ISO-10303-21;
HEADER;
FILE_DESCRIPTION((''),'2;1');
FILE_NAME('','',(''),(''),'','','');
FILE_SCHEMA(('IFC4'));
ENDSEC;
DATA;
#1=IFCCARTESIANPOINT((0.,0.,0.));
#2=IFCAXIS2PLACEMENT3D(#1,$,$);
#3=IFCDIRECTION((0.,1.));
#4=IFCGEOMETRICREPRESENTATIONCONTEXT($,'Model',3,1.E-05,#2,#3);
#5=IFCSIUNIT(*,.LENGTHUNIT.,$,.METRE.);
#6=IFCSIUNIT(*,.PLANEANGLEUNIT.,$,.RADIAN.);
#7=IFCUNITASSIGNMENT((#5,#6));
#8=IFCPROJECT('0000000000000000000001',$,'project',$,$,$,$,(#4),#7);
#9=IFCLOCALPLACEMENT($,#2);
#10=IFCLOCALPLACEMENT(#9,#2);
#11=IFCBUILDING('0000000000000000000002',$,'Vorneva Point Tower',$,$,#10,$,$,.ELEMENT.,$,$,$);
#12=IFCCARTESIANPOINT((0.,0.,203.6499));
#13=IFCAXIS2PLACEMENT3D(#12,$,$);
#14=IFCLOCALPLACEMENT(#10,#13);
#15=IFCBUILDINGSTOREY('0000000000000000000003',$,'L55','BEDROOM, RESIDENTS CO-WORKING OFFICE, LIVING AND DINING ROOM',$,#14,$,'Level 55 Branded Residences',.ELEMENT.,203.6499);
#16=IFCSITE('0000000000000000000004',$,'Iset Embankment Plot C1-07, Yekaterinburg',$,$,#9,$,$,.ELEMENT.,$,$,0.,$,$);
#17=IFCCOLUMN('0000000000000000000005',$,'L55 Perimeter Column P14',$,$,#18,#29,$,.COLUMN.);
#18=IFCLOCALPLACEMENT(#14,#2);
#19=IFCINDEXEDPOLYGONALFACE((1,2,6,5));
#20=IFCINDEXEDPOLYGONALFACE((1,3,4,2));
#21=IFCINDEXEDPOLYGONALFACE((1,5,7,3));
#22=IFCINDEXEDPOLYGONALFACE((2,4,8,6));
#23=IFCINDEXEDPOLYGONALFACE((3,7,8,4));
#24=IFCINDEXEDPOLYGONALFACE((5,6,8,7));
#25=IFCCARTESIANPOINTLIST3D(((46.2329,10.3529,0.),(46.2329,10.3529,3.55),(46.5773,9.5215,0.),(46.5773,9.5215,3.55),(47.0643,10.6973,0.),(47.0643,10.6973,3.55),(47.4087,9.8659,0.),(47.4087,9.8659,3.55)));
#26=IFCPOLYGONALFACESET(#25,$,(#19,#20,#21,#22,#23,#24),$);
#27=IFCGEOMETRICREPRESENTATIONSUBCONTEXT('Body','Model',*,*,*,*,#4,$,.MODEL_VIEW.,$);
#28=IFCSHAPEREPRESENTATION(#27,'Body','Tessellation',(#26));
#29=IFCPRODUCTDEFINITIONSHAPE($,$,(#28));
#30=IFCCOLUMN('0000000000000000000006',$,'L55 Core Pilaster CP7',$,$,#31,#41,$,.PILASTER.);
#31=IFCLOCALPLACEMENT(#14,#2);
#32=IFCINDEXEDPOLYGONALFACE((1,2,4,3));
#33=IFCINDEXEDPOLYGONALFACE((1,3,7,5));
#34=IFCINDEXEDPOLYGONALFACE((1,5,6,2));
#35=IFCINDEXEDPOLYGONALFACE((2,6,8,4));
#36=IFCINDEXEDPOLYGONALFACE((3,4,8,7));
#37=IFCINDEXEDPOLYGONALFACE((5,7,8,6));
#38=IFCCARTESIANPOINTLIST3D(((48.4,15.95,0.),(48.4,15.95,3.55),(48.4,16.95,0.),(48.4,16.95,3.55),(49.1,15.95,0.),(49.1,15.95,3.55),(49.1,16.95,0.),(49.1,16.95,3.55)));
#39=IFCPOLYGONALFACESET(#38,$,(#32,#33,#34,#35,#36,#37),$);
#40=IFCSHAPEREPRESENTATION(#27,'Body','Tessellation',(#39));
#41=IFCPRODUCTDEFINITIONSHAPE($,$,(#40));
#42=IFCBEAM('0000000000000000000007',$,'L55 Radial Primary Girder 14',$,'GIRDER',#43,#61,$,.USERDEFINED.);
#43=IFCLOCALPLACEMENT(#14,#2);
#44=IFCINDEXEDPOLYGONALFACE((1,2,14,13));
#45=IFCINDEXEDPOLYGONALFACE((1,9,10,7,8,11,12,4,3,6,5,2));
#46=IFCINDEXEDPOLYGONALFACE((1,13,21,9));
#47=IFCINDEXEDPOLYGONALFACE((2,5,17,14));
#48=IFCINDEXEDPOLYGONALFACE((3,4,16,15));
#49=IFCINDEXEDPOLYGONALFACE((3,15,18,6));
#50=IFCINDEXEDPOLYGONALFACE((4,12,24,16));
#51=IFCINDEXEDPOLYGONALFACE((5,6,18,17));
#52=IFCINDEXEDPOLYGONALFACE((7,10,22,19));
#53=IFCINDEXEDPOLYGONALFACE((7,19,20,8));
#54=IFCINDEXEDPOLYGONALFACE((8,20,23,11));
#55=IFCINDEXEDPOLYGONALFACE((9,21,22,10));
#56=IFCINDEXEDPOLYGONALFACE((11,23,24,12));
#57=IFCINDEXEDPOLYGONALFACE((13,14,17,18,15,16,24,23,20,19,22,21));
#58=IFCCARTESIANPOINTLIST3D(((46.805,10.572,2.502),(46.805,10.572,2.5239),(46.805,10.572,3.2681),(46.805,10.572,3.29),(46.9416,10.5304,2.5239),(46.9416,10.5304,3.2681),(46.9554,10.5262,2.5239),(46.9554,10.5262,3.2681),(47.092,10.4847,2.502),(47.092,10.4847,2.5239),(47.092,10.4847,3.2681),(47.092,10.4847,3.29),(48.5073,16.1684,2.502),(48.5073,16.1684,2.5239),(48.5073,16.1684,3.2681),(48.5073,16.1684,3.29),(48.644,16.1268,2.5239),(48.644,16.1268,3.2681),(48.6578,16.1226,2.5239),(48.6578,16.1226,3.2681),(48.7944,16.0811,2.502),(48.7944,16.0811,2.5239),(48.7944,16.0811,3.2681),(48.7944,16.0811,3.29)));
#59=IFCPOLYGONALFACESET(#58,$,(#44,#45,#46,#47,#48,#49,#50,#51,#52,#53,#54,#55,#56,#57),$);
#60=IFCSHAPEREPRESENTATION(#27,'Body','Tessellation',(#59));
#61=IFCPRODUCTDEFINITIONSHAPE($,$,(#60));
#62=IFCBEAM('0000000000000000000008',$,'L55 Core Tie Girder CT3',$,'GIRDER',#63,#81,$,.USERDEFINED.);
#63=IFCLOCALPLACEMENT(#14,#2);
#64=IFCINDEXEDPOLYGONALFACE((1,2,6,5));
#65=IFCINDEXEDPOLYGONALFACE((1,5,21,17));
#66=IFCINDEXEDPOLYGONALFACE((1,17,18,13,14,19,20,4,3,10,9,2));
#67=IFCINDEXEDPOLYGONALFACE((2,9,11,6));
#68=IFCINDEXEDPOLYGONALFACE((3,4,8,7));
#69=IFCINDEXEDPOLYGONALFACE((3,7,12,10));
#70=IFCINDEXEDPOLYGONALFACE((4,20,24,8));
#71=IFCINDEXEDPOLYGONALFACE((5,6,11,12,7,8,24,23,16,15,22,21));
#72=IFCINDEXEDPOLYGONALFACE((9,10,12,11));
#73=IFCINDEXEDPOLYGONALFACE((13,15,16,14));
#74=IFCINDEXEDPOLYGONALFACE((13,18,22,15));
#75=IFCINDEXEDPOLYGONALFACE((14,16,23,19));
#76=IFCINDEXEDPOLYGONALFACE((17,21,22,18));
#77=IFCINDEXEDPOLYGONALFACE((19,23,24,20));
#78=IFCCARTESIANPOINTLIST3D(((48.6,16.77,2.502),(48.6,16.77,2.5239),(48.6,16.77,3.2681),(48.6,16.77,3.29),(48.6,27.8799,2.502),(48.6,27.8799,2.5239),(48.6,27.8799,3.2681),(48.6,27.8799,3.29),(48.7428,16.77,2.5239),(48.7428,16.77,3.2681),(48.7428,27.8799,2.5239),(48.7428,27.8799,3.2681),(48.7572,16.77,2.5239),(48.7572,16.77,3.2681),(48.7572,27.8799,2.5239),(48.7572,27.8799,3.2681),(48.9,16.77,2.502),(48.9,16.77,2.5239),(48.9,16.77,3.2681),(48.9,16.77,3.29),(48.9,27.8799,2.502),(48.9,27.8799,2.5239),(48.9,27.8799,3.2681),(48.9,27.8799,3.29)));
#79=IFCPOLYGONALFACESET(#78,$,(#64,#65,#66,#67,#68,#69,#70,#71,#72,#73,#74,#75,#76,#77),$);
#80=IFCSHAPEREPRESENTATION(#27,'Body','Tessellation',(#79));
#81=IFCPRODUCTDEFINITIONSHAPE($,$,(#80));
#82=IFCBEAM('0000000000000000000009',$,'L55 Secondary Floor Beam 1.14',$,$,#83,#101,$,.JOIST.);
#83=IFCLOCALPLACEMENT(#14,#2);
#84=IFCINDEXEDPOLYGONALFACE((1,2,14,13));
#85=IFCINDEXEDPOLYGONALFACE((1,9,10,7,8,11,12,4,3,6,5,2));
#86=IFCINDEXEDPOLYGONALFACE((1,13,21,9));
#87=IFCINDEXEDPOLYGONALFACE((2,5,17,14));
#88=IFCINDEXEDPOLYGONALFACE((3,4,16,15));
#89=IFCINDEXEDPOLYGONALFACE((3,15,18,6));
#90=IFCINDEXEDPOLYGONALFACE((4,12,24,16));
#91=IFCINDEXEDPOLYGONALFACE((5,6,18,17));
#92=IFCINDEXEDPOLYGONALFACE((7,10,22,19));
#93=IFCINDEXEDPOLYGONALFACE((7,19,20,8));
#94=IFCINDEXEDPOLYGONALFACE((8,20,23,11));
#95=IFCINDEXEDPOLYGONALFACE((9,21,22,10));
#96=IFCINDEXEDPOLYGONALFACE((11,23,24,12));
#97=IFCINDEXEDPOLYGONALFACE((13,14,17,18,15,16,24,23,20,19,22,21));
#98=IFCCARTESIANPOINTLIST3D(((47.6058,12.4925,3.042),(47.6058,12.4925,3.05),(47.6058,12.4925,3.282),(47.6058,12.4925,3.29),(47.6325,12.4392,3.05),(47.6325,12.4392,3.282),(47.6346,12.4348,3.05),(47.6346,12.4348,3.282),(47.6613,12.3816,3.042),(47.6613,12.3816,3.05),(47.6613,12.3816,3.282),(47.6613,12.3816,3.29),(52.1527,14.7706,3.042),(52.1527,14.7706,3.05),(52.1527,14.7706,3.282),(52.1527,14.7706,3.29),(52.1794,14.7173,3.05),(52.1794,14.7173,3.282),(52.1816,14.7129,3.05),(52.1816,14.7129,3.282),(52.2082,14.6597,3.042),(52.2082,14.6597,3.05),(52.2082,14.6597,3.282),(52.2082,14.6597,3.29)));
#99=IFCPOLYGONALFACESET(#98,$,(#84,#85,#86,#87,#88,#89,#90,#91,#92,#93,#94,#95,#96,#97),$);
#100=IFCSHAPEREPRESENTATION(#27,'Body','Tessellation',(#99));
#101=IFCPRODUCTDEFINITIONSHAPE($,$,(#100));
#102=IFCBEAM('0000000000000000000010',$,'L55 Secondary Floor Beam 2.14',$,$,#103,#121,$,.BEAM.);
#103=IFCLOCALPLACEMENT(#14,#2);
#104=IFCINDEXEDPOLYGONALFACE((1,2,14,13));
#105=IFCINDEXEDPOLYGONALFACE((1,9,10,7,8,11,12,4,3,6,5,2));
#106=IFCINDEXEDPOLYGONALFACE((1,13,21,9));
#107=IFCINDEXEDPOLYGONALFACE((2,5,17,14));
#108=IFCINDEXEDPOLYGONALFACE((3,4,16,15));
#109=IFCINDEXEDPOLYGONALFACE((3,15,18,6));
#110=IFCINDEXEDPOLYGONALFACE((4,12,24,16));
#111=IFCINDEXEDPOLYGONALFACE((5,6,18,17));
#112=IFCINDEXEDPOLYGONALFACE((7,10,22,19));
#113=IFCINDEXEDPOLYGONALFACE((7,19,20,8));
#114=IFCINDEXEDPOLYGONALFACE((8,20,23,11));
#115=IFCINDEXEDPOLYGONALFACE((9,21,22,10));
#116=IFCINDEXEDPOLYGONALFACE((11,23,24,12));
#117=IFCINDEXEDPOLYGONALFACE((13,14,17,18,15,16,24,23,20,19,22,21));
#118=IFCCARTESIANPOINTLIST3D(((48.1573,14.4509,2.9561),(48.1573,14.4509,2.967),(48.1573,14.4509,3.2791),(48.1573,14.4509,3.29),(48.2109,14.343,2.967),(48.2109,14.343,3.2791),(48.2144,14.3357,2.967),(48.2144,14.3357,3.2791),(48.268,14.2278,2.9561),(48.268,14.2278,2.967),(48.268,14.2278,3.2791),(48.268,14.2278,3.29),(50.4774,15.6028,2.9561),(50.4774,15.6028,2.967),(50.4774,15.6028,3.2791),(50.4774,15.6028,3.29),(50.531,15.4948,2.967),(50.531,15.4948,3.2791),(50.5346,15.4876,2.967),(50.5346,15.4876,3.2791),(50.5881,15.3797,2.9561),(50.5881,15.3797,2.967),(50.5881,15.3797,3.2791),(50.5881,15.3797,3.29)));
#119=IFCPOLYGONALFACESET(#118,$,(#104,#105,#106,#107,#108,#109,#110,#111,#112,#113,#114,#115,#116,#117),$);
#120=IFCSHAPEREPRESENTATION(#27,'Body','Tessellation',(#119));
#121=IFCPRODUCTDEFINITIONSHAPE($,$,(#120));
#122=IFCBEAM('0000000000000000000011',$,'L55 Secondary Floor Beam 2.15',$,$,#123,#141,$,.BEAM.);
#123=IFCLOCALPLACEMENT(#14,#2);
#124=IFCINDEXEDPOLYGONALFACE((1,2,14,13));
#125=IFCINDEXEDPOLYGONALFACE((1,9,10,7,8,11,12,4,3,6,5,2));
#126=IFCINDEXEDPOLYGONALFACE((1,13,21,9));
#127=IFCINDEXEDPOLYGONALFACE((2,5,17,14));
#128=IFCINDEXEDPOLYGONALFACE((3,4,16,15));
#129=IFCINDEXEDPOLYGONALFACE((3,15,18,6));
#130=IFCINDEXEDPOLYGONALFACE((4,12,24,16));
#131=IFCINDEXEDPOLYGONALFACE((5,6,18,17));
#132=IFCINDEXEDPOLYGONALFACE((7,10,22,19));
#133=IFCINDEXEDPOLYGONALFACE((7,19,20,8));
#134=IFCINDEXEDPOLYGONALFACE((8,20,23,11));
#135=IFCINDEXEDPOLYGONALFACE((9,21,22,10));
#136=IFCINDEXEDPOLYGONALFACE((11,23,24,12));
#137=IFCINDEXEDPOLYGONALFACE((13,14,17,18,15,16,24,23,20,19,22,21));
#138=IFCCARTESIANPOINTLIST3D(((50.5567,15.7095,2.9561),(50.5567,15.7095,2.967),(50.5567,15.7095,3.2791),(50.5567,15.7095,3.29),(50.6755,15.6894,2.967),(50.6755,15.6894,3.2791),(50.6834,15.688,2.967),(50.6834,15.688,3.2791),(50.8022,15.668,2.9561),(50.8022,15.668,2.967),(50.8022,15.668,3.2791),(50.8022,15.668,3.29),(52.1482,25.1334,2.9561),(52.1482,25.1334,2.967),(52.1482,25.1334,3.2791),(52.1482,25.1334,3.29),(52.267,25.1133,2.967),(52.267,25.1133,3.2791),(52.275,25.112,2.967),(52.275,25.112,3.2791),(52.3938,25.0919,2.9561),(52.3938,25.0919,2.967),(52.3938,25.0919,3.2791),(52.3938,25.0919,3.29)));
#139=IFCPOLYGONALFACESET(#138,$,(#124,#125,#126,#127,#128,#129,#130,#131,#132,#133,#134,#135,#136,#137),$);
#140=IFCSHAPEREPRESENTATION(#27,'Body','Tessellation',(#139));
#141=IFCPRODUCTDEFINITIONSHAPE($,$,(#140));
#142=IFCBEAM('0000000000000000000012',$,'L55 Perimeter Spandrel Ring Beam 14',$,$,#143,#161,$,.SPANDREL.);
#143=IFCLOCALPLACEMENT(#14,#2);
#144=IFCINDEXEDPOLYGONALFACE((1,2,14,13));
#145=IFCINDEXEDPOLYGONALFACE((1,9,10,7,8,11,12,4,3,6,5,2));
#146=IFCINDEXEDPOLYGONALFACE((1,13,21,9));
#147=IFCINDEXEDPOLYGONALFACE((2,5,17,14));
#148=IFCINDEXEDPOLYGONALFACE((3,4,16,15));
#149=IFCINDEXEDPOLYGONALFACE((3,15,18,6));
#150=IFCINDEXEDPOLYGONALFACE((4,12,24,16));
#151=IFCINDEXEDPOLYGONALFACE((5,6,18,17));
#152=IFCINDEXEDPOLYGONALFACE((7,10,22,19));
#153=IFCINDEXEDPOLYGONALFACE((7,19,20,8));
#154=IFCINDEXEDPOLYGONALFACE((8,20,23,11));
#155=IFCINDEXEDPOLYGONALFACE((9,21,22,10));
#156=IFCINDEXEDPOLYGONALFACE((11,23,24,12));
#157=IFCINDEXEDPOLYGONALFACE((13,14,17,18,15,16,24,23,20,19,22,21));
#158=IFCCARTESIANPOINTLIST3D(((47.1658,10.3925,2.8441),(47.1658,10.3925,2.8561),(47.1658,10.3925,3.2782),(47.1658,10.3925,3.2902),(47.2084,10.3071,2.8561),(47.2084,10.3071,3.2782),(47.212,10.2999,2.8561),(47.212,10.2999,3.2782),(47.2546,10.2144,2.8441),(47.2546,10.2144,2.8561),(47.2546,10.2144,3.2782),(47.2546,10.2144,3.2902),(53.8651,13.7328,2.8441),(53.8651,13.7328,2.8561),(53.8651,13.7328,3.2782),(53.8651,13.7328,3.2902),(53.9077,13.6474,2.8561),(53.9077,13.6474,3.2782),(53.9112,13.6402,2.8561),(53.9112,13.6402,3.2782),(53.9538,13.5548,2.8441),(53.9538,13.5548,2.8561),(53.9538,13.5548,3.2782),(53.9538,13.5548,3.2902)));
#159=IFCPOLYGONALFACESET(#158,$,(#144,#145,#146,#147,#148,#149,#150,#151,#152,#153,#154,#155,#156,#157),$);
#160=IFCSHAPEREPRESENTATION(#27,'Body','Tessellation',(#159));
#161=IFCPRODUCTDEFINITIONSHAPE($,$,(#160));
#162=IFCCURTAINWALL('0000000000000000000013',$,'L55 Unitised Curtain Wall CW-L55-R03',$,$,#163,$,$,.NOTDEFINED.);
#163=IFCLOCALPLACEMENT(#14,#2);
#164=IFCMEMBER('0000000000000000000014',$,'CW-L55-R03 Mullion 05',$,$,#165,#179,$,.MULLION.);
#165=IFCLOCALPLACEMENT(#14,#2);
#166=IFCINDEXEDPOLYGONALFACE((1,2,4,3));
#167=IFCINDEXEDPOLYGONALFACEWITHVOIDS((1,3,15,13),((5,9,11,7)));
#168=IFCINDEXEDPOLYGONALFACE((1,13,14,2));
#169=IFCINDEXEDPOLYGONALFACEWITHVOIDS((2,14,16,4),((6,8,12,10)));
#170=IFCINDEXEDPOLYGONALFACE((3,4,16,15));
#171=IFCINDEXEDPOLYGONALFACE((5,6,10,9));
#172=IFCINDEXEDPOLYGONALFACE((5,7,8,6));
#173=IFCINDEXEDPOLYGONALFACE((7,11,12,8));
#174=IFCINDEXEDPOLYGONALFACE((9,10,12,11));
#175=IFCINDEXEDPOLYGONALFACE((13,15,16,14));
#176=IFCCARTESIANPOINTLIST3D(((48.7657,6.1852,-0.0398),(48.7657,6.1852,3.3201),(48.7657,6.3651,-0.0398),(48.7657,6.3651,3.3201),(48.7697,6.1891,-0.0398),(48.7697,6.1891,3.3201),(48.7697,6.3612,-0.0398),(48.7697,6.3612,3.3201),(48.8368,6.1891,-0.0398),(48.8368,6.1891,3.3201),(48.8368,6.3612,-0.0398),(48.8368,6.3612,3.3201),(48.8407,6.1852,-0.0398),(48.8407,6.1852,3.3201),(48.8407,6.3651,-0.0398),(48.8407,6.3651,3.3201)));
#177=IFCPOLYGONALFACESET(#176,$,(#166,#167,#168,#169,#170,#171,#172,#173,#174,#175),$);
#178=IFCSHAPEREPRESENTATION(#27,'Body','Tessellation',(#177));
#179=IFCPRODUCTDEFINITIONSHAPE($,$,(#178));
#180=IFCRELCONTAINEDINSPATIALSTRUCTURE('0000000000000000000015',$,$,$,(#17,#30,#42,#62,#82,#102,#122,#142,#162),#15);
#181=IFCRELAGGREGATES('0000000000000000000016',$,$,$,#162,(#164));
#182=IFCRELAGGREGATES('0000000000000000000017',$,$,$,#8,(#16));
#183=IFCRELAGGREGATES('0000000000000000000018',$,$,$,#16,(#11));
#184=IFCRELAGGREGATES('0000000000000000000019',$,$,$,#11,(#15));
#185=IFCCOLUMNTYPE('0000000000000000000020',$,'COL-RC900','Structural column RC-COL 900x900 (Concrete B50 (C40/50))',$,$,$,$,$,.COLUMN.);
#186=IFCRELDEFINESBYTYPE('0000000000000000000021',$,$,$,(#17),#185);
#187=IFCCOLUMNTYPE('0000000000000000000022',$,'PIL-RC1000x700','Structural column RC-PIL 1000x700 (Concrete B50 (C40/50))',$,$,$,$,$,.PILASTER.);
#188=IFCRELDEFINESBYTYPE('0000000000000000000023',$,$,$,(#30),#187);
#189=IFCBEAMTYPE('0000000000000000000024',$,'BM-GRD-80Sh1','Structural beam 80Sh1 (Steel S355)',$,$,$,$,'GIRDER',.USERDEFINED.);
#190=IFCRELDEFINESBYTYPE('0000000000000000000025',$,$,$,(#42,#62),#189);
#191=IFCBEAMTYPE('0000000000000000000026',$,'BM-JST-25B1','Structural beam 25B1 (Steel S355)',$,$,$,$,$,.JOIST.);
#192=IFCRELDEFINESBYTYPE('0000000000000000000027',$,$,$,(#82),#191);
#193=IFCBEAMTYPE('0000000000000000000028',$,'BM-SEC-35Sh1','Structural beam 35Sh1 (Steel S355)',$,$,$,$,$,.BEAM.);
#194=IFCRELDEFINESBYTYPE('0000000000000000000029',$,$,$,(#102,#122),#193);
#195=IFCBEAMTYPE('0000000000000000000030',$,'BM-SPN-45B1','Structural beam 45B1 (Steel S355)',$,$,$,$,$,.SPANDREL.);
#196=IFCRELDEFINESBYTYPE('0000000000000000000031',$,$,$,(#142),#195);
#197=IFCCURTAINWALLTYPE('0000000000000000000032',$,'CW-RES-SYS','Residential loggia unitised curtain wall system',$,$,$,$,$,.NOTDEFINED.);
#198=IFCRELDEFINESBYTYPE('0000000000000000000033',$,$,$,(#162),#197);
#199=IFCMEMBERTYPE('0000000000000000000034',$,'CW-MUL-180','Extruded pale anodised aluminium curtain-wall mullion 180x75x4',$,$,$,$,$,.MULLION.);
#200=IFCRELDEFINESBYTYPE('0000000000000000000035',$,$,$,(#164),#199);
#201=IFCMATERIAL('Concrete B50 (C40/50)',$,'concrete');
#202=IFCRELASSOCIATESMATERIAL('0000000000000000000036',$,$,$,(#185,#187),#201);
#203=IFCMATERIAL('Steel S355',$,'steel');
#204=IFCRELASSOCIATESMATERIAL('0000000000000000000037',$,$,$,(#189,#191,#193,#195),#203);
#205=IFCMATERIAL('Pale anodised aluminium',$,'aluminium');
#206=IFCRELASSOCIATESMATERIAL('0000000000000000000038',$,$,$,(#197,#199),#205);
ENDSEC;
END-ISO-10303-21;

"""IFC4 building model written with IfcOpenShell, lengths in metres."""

from ifc_helpers import new_model, si_unit, direction, frame, origin, origin_2d, place, context, subcontext, project, spatial, rectangle, hollow_rectangle, i_section, extrude, material, material_profile, profile_set, type_object, element, aggregate, save


model = new_model("IFC4")

# Units and contexts
model_context = context("Model", 3, precision=1e-05, world=origin(), true_north=direction((0.0, 1.0)))
body_context = subcontext(model_context, "Body", "Model", "MODEL_VIEW")
ifc_project = project(units=[si_unit("LENGTHUNIT", "METRE"), si_unit("PLANEANGLEUNIT", "RADIAN")], contexts=[model_context])

# Site, building, storey
site_placement = place(None, origin())
site = spatial("IfcSite", under=ifc_project, at=site_placement, Name="Iset Embankment Plot C1-07, Yekaterinburg", CompositionType="ELEMENT", RefElevation=0.0)
building_placement = place(site_placement, origin())
building = spatial("IfcBuilding", under=site, at=building_placement, Name="Vorneva Point Tower", CompositionType="ELEMENT")
storey_placement = place(building_placement, frame((0.0, 0.0, 203.6499)))
storey = spatial("IfcBuildingStorey", under=building, at=storey_placement, Name="L55", Description="BEDROOM, RESIDENTS CO-WORKING OFFICE, LIVING AND DINING ROOM", LongName="Level 55 Branded Residences", CompositionType="ELEMENT", Elevation=203.6499)

# Columns
ifc_material_1 = material(Name="Concrete B50 (C40/50)", Category="concrete")
ifc_material_profile_1 = material_profile(ifc_material_1, rectangle(XDim=0.8999, YDim=0.8999, at=origin_2d()), Name="RC-COL 900x900")
ifc_profile_set_1 = profile_set([ifc_material_profile_1], Name="Concrete B50 (C40/50)")
column_type_1 = type_object("IfcColumnType", Name="COL-RC900", Description="Structural column RC-COL 900x900 (Concrete B50 (C40/50))", PredefinedType="COLUMN", material=ifc_profile_set_1)
column_1_placement = place(storey_placement, frame((46.8208, 10.1094, 0.0), z_axis=(0.0, 0.0, 1.0), x_axis=(0.382683, -0.92388, 0.0)))
element("IfcColumn", 1, at=column_1_placement, inside=storey, type_object=column_type_1, Name="L55 Perimeter Column P14", PredefinedType="COLUMN", context=body_context, shape_type="SweptSolid", body=[
    extrude(rectangle(XDim=0.8999, YDim=0.8999, at=origin_2d()), origin(), (0.0, 0.0, 1.0), 3.55),
])
ifc_material_profile_2 = material_profile(ifc_material_1, rectangle(XDim=0.7, YDim=1.0, at=origin_2d()), Name="RC-PIL 1000x700")
ifc_profile_set_2 = profile_set([ifc_material_profile_2], Name="Concrete B50 (C40/50)")
column_type_2 = type_object("IfcColumnType", Name="PIL-RC1000x700", Description="Structural column RC-PIL 1000x700 (Concrete B50 (C40/50))", PredefinedType="PILASTER", material=ifc_profile_set_2)
column_2_placement = place(storey_placement, frame((48.75, 16.45, 0.0), z_axis=(0.0, 0.0, 1.0), x_axis=(1.0, 0.0, 0.0)))
element("IfcColumn", 2, at=column_2_placement, inside=storey, type_object=column_type_2, Name="L55 Core Pilaster CP7", PredefinedType="PILASTER", context=body_context, shape_type="SweptSolid", body=[
    extrude(rectangle(XDim=0.7, YDim=1.0, at=origin_2d()), origin(), (0.0, 0.0, 1.0), 3.55),
])

# Beams
ifc_material_2 = material(Name="Steel S355", Category="steel")
ifc_material_profile_3 = material_profile(ifc_material_2, i_section(OverallWidth=0.3, OverallDepth=0.7881, WebThickness=0.0144, FlangeThickness=0.022, at=origin_2d()), Name="80Sh1")
ifc_profile_set_3 = profile_set([ifc_material_profile_3], Name="Steel S355")
beam_type_1 = type_object("IfcBeamType", Name="BM-GRD-80Sh1", Description="Structural beam 80Sh1 (Steel S355)", ElementType="GIRDER", PredefinedType="USERDEFINED", material=ifc_profile_set_3)
beam_1_placement = place(storey_placement, frame((46.9485, 10.5283, 2.896), z_axis=(0.291025, 0.956715, 0.0), x_axis=(-0.956715, 0.291025, 0.0)))
element("IfcBeam", 3, at=beam_1_placement, inside=storey, type_object=beam_type_1, Name="L55 Radial Primary Girder 14", ObjectType="GIRDER", PredefinedType="USERDEFINED", context=body_context, shape_type="SweptSolid", body=[
    extrude(i_section(OverallWidth=0.3, OverallDepth=0.7881, WebThickness=0.0144, FlangeThickness=0.022, at=origin_2d()), origin(), (0.0, 0.0, 1.0), 5.8496),
])
beam_2_placement = place(storey_placement, frame((48.75, 16.77, 2.896), z_axis=(0.0, 1.0, 0.0), x_axis=(-1.0, 0.0, 0.0)))
element("IfcBeam", 4, at=beam_2_placement, inside=storey, type_object=beam_type_1, Name="L55 Core Tie Girder CT3", ObjectType="GIRDER", PredefinedType="USERDEFINED", context=body_context, shape_type="SweptSolid", body=[
    extrude(i_section(OverallWidth=0.3, OverallDepth=0.7881, WebThickness=0.0144, FlangeThickness=0.022, at=origin_2d()), origin(), (0.0, 0.0, 1.0), 11.1099),
])
ifc_material_profile_4 = material_profile(ifc_material_2, i_section(OverallWidth=0.124, OverallDepth=0.248, WebThickness=0.0049, FlangeThickness=0.0081, at=origin_2d()), Name="25B1")
ifc_profile_set_4 = profile_set([ifc_material_profile_4], Name="Steel S355")
beam_type_2 = type_object("IfcBeamType", Name="BM-JST-25B1", Description="Structural beam 25B1 (Steel S355)", PredefinedType="JOIST", material=ifc_profile_set_4)
beam_3_placement = place(storey_placement, frame((47.6335, 12.437, 3.166), z_axis=(0.894062, 0.447943, 0.0), x_axis=(-0.447943, 0.894062, 0.0)))
element("IfcBeam", 5, at=beam_3_placement, inside=storey, type_object=beam_type_2, Name="L55 Secondary Floor Beam 1.14", PredefinedType="JOIST", context=body_context, shape_type="SweptSolid", body=[
    extrude(i_section(OverallWidth=0.124, OverallDepth=0.248, WebThickness=0.0049, FlangeThickness=0.0081, at=origin_2d()), origin(), (0.0, 0.0, 1.0), 5.0857),
])
ifc_material_profile_5 = material_profile(ifc_material_2, i_section(OverallWidth=0.249, OverallDepth=0.334, WebThickness=0.0081, FlangeThickness=0.011, at=origin_2d()), Name="35Sh1")
ifc_profile_set_5 = profile_set([ifc_material_profile_5], Name="Steel S355")
beam_type_3 = type_object("IfcBeamType", Name="BM-SEC-35Sh1", Description="Structural beam 35Sh1 (Steel S355)", PredefinedType="BEAM", material=ifc_profile_set_5)
beam_4_placement = place(storey_placement, frame((48.2126, 14.3394, 3.123), z_axis=(0.895687, 0.444686, 0.0), x_axis=(-0.444686, 0.895687, 0.0)))
element("IfcBeam", 6, at=beam_4_placement, inside=storey, type_object=beam_type_3, Name="L55 Secondary Floor Beam 2.14", PredefinedType="BEAM", context=body_context, shape_type="SweptSolid", body=[
    extrude(i_section(OverallWidth=0.249, OverallDepth=0.334, WebThickness=0.0081, FlangeThickness=0.011, at=origin_2d()), origin(), (0.0, 0.0, 1.0), 2.5903),
])
beam_5_placement = place(storey_placement, frame((50.6794, 15.6887, 3.123), z_axis=(0.166528, 0.986037, 0.0), x_axis=(-0.986037, 0.166528, 0.0)))
element("IfcBeam", 7, at=beam_5_placement, inside=storey, type_object=beam_type_3, Name="L55 Secondary Floor Beam 2.15", PredefinedType="BEAM", context=body_context, shape_type="SweptSolid", body=[
    extrude(i_section(OverallWidth=0.249, OverallDepth=0.334, WebThickness=0.0081, FlangeThickness=0.011, at=origin_2d()), origin(), (0.0, 0.0, 1.0), 9.5574),
])
ifc_material_profile_6 = material_profile(ifc_material_2, i_section(OverallWidth=0.199, OverallDepth=0.446, WebThickness=0.0081, FlangeThickness=0.012, at=origin_2d()), Name="45B1")
ifc_profile_set_6 = profile_set([ifc_material_profile_6], Name="Steel S355")
beam_type_4 = type_object("IfcBeamType", Name="BM-SPN-45B1", Description="Structural beam 45B1 (Steel S355)", PredefinedType="SPANDREL", material=ifc_profile_set_6)
beam_6_placement = place(storey_placement, frame((47.2102, 10.3035, 3.0671), z_axis=(0.894922, 0.446222, 0.0), x_axis=(-0.446222, 0.894922, 0.0)))
element("IfcBeam", 8, at=beam_6_placement, inside=storey, type_object=beam_type_4, Name="L55 Perimeter Spandrel Ring Beam 14", PredefinedType="SPANDREL", context=body_context, shape_type="SweptSolid", body=[
    extrude(i_section(OverallWidth=0.199, OverallDepth=0.446, WebThickness=0.0081, FlangeThickness=0.012, at=origin_2d()), origin(), (0.0, 0.0, 1.0), 7.4858),
])

# Curtain wall, member
ifc_material_3 = material(Name="Pale anodised aluminium", Category="aluminium")
curtain_wall_type = type_object("IfcCurtainWallType", Name="CW-RES-SYS", Description="Residential loggia unitised curtain wall system", PredefinedType="NOTDEFINED", material=ifc_material_3)
curtain_wall_placement = place(storey_placement, origin())
curtain_wall = element("IfcCurtainWall", 9, at=curtain_wall_placement, inside=storey, type_object=curtain_wall_type, Name="L55 Unitised Curtain Wall CW-L55-R03", PredefinedType="NOTDEFINED")
ifc_material_profile_7 = material_profile(ifc_material_3, hollow_rectangle(XDim=0.075, YDim=0.1799, WallThickness=0.0039, at=origin_2d()), Name="AL-MUL 180x75x4")
ifc_profile_set_7 = profile_set([ifc_material_profile_7], Name="Pale anodised aluminium")
member_type = type_object("IfcMemberType", Name="CW-MUL-180", Description="Extruded pale anodised aluminium curtain-wall mullion 180x75x4", PredefinedType="MULLION", material=ifc_profile_set_7)
member_placement = place(storey_placement, frame((48.8032, 6.2751, -0.0398), z_axis=(0.0, 0.0, 1.0), x_axis=(1.0, 0.0, 0.0)))
member = element("IfcMember", 10, at=member_placement, type_object=member_type, Name="CW-L55-R03 Mullion 05", PredefinedType="MULLION", context=body_context, shape_type="SweptSolid", body=[
    extrude(hollow_rectangle(XDim=0.075, YDim=0.1799, WallThickness=0.0039, at=origin_2d()), origin(), (0.0, 0.0, 1.0), 3.3599),
])
aggregate(curtain_wall, [member])

save(model, "model.ifc")
